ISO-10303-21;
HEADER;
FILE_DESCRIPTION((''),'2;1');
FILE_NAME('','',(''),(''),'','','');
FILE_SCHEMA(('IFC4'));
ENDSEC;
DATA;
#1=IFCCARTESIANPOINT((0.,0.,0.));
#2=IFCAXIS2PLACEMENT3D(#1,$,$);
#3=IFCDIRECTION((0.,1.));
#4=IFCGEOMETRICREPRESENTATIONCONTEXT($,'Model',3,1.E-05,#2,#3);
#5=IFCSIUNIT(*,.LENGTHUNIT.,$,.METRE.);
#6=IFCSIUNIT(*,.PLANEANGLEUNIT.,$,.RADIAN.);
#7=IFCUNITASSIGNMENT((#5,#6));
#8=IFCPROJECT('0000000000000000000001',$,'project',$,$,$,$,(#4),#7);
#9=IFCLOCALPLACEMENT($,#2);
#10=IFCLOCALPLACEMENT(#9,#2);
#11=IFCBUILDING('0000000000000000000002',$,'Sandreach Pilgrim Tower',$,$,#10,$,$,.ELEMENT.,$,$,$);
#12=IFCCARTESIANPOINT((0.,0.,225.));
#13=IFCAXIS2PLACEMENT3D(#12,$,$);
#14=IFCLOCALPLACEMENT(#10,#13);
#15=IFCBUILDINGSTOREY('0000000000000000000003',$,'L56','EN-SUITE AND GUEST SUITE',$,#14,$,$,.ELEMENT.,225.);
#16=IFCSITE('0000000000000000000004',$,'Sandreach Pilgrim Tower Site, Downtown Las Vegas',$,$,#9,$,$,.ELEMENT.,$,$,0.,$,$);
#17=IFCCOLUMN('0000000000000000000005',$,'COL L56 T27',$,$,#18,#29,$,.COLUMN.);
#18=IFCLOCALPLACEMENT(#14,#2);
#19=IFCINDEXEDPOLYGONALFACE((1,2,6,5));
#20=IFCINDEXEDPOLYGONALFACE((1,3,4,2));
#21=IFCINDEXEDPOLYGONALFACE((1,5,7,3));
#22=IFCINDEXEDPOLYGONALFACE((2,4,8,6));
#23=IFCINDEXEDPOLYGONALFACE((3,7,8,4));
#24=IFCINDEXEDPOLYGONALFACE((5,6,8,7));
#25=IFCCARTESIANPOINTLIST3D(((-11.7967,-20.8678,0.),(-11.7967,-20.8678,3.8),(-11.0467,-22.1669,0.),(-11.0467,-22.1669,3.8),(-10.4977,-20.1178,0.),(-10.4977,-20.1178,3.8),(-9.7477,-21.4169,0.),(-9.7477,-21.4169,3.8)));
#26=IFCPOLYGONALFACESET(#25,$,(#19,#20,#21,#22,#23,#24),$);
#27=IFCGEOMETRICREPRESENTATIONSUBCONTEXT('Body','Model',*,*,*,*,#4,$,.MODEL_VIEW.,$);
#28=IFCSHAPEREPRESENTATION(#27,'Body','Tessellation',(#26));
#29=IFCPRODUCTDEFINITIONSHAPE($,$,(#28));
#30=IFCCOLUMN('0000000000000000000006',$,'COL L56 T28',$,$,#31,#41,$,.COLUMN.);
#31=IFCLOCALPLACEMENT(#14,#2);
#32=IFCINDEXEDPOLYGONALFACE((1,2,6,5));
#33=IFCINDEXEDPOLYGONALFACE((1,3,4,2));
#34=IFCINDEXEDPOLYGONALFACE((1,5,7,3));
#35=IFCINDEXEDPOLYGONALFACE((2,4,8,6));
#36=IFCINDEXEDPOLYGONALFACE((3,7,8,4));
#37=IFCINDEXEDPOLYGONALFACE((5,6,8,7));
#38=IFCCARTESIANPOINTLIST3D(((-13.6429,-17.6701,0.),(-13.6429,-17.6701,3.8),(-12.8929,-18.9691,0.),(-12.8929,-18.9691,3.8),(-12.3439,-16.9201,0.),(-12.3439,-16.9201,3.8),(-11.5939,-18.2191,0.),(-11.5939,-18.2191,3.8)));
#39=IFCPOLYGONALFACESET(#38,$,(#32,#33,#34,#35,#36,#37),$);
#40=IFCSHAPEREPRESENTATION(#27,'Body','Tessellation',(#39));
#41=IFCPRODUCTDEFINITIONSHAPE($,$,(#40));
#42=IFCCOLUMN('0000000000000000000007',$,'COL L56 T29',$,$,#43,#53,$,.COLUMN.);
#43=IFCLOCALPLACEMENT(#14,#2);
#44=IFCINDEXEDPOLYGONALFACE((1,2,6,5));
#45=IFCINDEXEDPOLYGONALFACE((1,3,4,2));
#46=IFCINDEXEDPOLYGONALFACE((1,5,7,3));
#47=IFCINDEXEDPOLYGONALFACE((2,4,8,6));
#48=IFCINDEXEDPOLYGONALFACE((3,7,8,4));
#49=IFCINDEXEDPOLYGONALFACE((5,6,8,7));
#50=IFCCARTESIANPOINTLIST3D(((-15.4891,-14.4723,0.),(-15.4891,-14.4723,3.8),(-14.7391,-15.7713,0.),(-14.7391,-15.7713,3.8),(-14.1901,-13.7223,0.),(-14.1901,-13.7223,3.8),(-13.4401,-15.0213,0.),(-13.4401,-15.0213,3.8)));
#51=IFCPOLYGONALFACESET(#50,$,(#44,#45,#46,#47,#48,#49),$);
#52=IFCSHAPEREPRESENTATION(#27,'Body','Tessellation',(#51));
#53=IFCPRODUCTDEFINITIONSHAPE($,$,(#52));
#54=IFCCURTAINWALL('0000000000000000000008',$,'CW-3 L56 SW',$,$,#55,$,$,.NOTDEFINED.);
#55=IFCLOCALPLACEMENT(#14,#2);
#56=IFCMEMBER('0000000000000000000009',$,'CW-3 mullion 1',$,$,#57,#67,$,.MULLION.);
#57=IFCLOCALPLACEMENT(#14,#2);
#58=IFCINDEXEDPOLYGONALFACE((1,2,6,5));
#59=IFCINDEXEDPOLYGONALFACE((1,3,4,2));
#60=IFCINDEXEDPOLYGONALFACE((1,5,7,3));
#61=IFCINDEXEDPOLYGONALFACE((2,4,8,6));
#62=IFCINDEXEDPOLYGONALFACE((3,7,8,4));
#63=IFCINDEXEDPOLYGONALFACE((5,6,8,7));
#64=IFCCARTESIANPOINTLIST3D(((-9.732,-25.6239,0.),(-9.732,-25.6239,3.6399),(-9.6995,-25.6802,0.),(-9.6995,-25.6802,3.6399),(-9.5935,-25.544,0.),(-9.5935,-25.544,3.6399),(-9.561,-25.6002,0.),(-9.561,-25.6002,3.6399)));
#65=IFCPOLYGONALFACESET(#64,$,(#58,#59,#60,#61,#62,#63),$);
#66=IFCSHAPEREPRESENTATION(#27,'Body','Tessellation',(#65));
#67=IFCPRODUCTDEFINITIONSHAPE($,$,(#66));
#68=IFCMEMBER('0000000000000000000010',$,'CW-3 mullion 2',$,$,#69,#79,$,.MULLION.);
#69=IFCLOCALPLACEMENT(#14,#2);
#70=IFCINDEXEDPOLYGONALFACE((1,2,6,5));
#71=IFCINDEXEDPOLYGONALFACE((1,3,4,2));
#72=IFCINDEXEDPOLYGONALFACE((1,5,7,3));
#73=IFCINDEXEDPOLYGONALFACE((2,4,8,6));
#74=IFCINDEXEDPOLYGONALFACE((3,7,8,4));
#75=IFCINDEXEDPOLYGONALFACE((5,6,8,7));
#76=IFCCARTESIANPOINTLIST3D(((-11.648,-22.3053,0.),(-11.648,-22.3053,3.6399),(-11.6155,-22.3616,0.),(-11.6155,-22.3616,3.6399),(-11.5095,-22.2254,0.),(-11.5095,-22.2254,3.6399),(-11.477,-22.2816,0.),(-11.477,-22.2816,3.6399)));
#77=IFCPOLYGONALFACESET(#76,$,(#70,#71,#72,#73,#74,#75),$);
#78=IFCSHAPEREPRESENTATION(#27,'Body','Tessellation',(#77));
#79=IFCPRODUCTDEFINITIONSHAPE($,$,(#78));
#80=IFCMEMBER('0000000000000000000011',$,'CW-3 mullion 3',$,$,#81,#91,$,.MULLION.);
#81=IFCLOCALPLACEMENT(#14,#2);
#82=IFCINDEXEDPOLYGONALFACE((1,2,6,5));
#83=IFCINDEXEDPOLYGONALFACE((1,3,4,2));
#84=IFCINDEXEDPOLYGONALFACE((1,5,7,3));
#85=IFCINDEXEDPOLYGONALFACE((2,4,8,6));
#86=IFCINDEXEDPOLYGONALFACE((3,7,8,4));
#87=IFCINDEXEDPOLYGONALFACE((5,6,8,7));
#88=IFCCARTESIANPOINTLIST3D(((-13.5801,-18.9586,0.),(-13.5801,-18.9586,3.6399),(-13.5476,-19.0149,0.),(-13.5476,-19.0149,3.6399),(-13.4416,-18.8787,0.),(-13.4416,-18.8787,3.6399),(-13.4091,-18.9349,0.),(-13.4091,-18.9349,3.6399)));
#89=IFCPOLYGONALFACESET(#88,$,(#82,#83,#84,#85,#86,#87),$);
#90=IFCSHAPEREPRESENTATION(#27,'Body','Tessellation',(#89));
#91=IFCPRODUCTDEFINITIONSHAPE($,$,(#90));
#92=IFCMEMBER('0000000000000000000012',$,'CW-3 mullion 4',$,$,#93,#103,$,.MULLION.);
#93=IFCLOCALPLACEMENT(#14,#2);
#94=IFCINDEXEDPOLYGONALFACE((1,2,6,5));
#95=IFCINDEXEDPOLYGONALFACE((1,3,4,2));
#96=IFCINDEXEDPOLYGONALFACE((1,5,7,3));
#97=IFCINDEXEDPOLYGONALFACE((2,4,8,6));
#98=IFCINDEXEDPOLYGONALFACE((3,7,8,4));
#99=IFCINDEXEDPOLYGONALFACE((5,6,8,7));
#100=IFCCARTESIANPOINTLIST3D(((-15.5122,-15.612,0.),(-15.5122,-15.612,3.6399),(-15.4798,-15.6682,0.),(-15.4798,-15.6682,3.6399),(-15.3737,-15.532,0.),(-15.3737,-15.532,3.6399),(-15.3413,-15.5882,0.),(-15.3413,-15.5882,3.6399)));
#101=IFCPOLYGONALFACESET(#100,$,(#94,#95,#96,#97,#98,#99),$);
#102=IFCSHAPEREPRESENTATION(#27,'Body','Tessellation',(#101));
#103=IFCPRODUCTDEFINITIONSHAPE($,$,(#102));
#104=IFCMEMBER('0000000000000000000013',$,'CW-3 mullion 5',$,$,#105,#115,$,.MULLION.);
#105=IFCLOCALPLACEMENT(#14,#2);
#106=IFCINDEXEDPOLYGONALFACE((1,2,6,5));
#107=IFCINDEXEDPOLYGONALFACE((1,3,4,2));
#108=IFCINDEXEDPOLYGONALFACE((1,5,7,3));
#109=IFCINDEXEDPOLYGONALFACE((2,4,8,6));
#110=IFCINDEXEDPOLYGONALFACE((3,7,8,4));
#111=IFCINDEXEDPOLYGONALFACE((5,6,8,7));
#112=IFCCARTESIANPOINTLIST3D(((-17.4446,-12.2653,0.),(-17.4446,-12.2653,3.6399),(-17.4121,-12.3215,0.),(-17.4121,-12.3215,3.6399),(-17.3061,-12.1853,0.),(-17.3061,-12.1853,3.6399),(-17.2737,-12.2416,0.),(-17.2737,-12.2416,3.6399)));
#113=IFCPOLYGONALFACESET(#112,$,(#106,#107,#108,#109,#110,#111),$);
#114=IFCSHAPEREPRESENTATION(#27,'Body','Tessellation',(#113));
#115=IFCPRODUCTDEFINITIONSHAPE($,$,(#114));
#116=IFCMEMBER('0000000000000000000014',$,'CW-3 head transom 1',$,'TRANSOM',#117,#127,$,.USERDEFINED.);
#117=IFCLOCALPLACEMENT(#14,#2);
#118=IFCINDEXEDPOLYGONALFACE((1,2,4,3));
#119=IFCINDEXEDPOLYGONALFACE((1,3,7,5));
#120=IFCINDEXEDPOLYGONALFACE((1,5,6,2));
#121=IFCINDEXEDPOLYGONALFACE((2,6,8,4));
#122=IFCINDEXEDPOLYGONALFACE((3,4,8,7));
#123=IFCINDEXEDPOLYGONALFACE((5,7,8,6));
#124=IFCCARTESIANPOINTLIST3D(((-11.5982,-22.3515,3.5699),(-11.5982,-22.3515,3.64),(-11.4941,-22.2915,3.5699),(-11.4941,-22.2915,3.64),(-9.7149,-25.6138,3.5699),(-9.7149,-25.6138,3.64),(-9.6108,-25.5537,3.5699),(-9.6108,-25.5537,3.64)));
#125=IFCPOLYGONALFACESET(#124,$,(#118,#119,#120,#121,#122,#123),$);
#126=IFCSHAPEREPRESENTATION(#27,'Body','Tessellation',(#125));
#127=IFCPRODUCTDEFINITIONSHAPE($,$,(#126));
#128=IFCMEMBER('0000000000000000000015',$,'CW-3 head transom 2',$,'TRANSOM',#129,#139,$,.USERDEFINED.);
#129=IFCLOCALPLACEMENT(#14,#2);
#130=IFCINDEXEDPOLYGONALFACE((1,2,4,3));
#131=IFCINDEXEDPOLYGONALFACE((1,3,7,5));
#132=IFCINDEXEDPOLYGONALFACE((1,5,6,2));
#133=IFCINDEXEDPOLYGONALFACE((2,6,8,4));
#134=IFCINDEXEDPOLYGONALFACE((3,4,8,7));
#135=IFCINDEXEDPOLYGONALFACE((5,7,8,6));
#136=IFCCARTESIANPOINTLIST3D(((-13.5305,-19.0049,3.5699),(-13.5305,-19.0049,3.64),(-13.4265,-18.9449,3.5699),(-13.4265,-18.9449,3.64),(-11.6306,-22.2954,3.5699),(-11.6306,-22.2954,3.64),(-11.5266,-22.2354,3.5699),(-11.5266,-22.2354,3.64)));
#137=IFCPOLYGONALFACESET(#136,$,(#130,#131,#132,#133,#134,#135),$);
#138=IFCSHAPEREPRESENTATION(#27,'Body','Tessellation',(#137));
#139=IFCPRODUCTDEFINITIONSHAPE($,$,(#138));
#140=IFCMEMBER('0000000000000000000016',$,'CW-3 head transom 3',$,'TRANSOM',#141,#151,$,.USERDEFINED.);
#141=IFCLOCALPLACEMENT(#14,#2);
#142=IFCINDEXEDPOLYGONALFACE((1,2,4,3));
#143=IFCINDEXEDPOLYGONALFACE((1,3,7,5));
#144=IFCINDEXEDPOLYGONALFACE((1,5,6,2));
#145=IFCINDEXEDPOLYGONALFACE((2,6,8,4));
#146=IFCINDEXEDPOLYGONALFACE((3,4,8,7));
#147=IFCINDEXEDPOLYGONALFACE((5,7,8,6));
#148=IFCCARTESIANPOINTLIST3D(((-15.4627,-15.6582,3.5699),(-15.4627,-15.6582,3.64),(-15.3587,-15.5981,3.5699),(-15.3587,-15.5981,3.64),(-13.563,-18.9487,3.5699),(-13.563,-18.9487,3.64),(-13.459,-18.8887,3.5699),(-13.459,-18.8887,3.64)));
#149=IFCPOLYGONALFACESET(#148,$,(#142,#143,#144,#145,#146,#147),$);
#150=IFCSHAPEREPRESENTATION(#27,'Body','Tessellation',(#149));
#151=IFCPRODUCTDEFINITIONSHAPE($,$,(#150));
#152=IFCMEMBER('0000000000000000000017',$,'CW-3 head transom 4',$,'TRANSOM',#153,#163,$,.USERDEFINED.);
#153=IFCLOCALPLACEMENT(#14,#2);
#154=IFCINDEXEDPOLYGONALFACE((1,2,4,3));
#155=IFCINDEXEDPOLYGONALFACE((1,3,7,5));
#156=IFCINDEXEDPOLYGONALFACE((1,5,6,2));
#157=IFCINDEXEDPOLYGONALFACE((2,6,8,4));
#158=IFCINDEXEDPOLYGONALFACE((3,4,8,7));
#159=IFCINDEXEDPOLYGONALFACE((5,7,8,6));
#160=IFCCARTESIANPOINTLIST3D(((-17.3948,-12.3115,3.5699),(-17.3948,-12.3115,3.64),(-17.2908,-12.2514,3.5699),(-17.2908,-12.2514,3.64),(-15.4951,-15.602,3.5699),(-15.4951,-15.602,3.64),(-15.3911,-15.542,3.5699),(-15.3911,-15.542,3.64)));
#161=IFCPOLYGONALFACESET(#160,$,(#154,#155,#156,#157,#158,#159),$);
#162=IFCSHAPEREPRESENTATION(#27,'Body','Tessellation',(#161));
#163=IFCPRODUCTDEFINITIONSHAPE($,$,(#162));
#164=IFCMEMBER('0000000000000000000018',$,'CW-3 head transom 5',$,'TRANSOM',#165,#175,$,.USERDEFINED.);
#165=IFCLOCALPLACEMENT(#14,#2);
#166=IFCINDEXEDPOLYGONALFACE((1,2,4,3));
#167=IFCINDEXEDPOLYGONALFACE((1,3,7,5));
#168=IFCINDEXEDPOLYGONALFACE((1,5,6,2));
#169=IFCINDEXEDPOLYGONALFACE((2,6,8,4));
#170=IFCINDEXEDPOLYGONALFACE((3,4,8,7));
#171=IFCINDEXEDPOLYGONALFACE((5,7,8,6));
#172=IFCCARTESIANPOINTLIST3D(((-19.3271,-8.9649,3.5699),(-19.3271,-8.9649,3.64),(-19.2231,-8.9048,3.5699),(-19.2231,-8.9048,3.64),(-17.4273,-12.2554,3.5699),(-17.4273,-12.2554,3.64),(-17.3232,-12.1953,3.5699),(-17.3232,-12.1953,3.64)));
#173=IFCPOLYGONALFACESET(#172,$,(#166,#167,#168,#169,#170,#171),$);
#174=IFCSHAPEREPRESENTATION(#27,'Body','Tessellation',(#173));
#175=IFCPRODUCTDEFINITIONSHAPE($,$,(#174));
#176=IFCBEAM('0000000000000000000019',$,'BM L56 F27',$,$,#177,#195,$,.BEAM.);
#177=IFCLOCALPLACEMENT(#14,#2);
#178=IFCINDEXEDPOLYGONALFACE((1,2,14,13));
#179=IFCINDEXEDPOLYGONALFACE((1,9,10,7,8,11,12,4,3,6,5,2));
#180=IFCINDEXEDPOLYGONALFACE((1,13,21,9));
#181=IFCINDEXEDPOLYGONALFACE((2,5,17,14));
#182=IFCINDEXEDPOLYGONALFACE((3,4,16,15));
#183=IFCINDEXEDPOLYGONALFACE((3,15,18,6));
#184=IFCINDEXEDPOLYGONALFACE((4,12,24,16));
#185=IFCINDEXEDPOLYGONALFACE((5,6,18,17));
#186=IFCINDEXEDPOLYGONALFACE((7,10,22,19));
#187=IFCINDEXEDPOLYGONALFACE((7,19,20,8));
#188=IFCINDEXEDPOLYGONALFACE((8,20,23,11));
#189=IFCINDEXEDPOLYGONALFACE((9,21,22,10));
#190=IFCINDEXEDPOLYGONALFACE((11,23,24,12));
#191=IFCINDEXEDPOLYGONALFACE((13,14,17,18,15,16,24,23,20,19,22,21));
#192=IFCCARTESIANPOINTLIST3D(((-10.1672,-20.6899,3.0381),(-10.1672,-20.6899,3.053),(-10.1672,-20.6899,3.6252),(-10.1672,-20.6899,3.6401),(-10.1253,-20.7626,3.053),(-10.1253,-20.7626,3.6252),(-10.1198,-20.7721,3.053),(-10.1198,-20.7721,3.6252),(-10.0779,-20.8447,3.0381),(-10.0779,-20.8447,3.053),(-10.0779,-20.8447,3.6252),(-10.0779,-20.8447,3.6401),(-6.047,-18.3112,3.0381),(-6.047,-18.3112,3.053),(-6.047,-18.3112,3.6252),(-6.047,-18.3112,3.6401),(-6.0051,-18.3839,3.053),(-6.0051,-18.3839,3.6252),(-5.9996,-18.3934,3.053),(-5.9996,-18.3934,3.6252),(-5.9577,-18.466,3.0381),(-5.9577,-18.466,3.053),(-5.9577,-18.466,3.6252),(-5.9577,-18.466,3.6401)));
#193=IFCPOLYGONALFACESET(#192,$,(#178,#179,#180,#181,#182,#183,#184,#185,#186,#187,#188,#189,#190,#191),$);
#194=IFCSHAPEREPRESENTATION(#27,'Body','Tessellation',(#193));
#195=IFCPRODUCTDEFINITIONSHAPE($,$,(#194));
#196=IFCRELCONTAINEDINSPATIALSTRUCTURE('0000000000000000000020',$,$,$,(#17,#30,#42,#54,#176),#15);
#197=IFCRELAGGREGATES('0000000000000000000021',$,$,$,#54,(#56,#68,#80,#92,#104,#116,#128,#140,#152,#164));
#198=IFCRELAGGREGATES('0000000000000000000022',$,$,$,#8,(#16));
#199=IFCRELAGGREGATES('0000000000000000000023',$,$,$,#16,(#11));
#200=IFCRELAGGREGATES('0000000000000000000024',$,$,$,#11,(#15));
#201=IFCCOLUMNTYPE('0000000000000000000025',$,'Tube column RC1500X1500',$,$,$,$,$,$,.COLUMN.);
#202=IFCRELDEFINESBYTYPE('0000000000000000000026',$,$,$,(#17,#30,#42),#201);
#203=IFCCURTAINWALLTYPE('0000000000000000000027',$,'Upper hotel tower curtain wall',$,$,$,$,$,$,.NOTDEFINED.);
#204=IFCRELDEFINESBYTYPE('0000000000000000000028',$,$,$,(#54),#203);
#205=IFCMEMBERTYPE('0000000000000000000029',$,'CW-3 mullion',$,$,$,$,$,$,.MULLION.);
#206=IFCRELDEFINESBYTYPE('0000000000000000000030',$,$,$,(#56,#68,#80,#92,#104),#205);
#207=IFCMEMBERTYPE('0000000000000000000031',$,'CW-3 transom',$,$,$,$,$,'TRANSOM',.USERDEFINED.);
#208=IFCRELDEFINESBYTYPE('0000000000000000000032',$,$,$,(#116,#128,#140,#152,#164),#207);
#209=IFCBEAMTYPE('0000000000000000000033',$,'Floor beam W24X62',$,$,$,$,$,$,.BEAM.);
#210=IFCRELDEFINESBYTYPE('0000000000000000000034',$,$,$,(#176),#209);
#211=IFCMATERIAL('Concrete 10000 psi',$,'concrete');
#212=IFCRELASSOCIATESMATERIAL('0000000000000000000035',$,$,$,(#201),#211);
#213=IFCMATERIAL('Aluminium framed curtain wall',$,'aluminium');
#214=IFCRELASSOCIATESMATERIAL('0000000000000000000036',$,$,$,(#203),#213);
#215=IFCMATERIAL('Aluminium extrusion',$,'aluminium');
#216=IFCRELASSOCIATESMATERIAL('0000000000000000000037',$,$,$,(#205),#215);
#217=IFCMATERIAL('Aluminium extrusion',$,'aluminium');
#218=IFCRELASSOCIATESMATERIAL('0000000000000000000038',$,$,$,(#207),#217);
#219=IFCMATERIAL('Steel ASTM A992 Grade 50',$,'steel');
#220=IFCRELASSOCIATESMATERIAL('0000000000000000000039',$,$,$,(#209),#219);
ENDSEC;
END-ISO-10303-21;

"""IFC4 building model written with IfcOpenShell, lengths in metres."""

from ifc_helpers import new_model, si_unit, direction, frame, origin, origin_2d, place, context, subcontext, project, spatial, rectangle, i_section, extrude, material, material_profile, profile_set, type_object, element, aggregate, save


model = new_model("IFC4")

# Units and contexts
model_context = context("Model", 3, precision=1e-05, world=origin(), true_north=direction((0.0, 1.0)))
body_context = subcontext(model_context, "Body", "Model", "MODEL_VIEW")
ifc_project = project(units=[si_unit("LENGTHUNIT", "METRE"), si_unit("PLANEANGLEUNIT", "RADIAN")], contexts=[model_context])

# Site, building, storey
site_placement = place(None, origin())
site = spatial("IfcSite", under=ifc_project, at=site_placement, Name="Sandreach Pilgrim Tower Site, Downtown Las Vegas", CompositionType="ELEMENT", RefElevation=0.0)
building_placement = place(site_placement, origin())
building = spatial("IfcBuilding", under=site, at=building_placement, Name="Sandreach Pilgrim Tower", CompositionType="ELEMENT")
storey_placement = place(building_placement, frame((0.0, 0.0, 225.0)))
storey = spatial("IfcBuildingStorey", under=building, at=storey_placement, Name="L56", Description="EN-SUITE AND GUEST SUITE", CompositionType="ELEMENT", Elevation=225.0)

# Columns
ifc_material_1 = material(Name="Concrete 10000 psi", Category="concrete")
ifc_material_profile_1 = material_profile(ifc_material_1, rectangle(XDim=1.5, YDim=1.5, at=origin_2d()), Name="RC1500X1500")
ifc_profile_set_1 = profile_set([ifc_material_profile_1], Name="Concrete 10000 psi")
column_type = type_object("IfcColumnType", Name="Tube column RC1500X1500", PredefinedType="COLUMN", material=ifc_profile_set_1)
for number, where, z_axis, x_axis, name in (
    (1, (-10.7722, -21.1423, 0.0), (0.0, 0.0, 1.0), (-0.866025, -0.5, 0.0), "COL L56 T27"),
    (2, (-12.6184, -17.9446, 0.0), (0.0, 0.0, 1.0), (-0.866025, -0.5, 0.0), "COL L56 T28"),
    (3, (-14.4646, -14.7468, 0.0), (0.0, 0.0, 1.0), (-0.866025, -0.5, 0.0), "COL L56 T29"),
):
    element("IfcColumn", number, at=place(storey_placement, frame(where, z_axis=z_axis, x_axis=x_axis)), inside=storey, type_object=column_type, Name=name, PredefinedType="COLUMN", context=body_context, shape_type="SweptSolid", body=[
        extrude(rectangle(XDim=1.5, YDim=1.5, at=origin_2d()), origin(), (0.0, 0.0, 1.0), 3.8),
    ])

# Curtain wall, members
ifc_material_2 = material(Name="Aluminium framed curtain wall", Category="aluminium")
curtain_wall_type = type_object("IfcCurtainWallType", Name="Upper hotel tower curtain wall", PredefinedType="NOTDEFINED", material=ifc_material_2)
curtain_wall_placement = place(storey_placement, origin())
curtain_wall = element("IfcCurtainWall", 4, at=curtain_wall_placement, inside=storey, type_object=curtain_wall_type, Name="CW-3 L56 SW", PredefinedType="NOTDEFINED")
ifc_material_3 = material(Name="Aluminium extrusion", Category="aluminium")
ifc_material_profile_2 = material_profile(ifc_material_3, rectangle(XDim=0.0649, YDim=0.1599, at=origin_2d()), Name="CW-3M 65X160")
ifc_profile_set_2 = profile_set([ifc_material_profile_2], Name="Aluminium extrusion")
member_type_1 = type_object("IfcMemberType", Name="CW-3 mullion", PredefinedType="MULLION", material=ifc_profile_set_2)
member_1_placement = place(storey_placement, frame((-9.6465, -25.6121, 0.0), z_axis=(0.0, 0.0, 1.0), x_axis=(-0.5, 0.866025, 0.0)))
member_1 = element("IfcMember", 5, at=member_1_placement, type_object=member_type_1, Name="CW-3 mullion 1", PredefinedType="MULLION", context=body_context, shape_type="SweptSolid", body=[
    extrude(rectangle(XDim=0.0649, YDim=0.1599, at=origin_2d()), origin(), (0.0, 0.0, 1.0), 3.6399),
])
member_2_placement = place(storey_placement, frame((-11.5625, -22.2935, 0.0), z_axis=(0.0, 0.0, 1.0), x_axis=(-0.5, 0.866025, 0.0)))
member_2 = element("IfcMember", 6, at=member_2_placement, type_object=member_type_1, Name="CW-3 mullion 2", PredefinedType="MULLION", context=body_context, shape_type="SweptSolid", body=[
    extrude(rectangle(XDim=0.0649, YDim=0.1599, at=origin_2d()), origin(), (0.0, 0.0, 1.0), 3.6399),
])
member_3_placement = place(storey_placement, frame((-13.4946, -18.9468, 0.0), z_axis=(0.0, 0.0, 1.0), x_axis=(-0.5, 0.866025, 0.0)))
member_3 = element("IfcMember", 7, at=member_3_placement, type_object=member_type_1, Name="CW-3 mullion 3", PredefinedType="MULLION", context=body_context, shape_type="SweptSolid", body=[
    extrude(rectangle(XDim=0.0649, YDim=0.1599, at=origin_2d()), origin(), (0.0, 0.0, 1.0), 3.6399),
])
member_4_placement = place(storey_placement, frame((-15.4268, -15.6001, 0.0), z_axis=(0.0, 0.0, 1.0), x_axis=(-0.5, 0.866025, 0.0)))
member_4 = element("IfcMember", 8, at=member_4_placement, type_object=member_type_1, Name="CW-3 mullion 4", PredefinedType="MULLION", context=body_context, shape_type="SweptSolid", body=[
    extrude(rectangle(XDim=0.0649, YDim=0.1599, at=origin_2d()), origin(), (0.0, 0.0, 1.0), 3.6399),
])
member_5_placement = place(storey_placement, frame((-17.3591, -12.2534, 0.0), z_axis=(0.0, 0.0, 1.0), x_axis=(-0.5, 0.866025, 0.0)))
member_5 = element("IfcMember", 9, at=member_5_placement, type_object=member_type_1, Name="CW-3 mullion 5", PredefinedType="MULLION", context=body_context, shape_type="SweptSolid", body=[
    extrude(rectangle(XDim=0.0649, YDim=0.1599, at=origin_2d()), origin(), (0.0, 0.0, 1.0), 3.6399),
])
ifc_material_4 = material(Name="Aluminium extrusion", Category="aluminium")
ifc_material_profile_3 = material_profile(ifc_material_4, rectangle(XDim=0.1201, YDim=0.0701, at=origin_2d()), Name="CW-3T 120X70")
ifc_profile_set_3 = profile_set([ifc_material_profile_3], Name="Aluminium extrusion")
member_type_2 = type_object("IfcMemberType", Name="CW-3 transom", ElementType="TRANSOM", PredefinedType="USERDEFINED", material=ifc_profile_set_3)
member_6_placement = place(storey_placement, frame((-9.6628, -25.5837, 3.605), z_axis=(-0.499973, 0.866041, 0.0), x_axis=(-0.866041, -0.499973, 0.0)))
member_6 = element("IfcMember", 10, at=member_6_placement, type_object=member_type_2, Name="CW-3 head transom 1", ObjectType="TRANSOM", PredefinedType="USERDEFINED", context=body_context, shape_type="SweptSolid", body=[
    extrude(rectangle(XDim=0.1201, YDim=0.0701, at=origin_2d()), origin(), (0.0, 0.0, 1.0), 3.7668),
])
member_7_placement = place(storey_placement, frame((-11.5786, -22.2654, 3.605), z_axis=(-0.500023, 0.866012, 0.0), x_axis=(-0.866012, -0.500023, 0.0)))
member_7 = element("IfcMember", 11, at=member_7_placement, type_object=member_type_2, Name="CW-3 head transom 2", ObjectType="TRANSOM", PredefinedType="USERDEFINED", context=body_context, shape_type="SweptSolid", body=[
    extrude(rectangle(XDim=0.1201, YDim=0.0701, at=origin_2d()), origin(), (0.0, 0.0, 1.0), 3.7996),
])
member_8_placement = place(storey_placement, frame((-13.511, -18.9187, 3.605), z_axis=(-0.499975, 0.86604, 0.0), x_axis=(-0.86604, -0.499975, 0.0)))
member_8 = element("IfcMember", 12, at=member_8_placement, type_object=member_type_2, Name="CW-3 head transom 3", ObjectType="TRANSOM", PredefinedType="USERDEFINED", context=body_context, shape_type="SweptSolid", body=[
    extrude(rectangle(XDim=0.1201, YDim=0.0701, at=origin_2d()), origin(), (0.0, 0.0, 1.0), 3.7996),
])
member_9_placement = place(storey_placement, frame((-15.4431, -15.572, 3.605), z_axis=(-0.499975, 0.86604, 0.0), x_axis=(-0.86604, -0.499975, 0.0)))
member_9 = element("IfcMember", 13, at=member_9_placement, type_object=member_type_2, Name="CW-3 head transom 4", ObjectType="TRANSOM", PredefinedType="USERDEFINED", context=body_context, shape_type="SweptSolid", body=[
    extrude(rectangle(XDim=0.1201, YDim=0.0701, at=origin_2d()), origin(), (0.0, 0.0, 1.0), 3.7996),
])
member_10_placement = place(storey_placement, frame((-17.3752, -12.2253, 3.605), z_axis=(-0.500023, 0.866012, 0.0), x_axis=(-0.866012, -0.500023, 0.0)))
member_10 = element("IfcMember", 14, at=member_10_placement, type_object=member_type_2, Name="CW-3 head transom 5", ObjectType="TRANSOM", PredefinedType="USERDEFINED", context=body_context, shape_type="SweptSolid", body=[
    extrude(rectangle(XDim=0.1201, YDim=0.0701, at=origin_2d()), origin(), (0.0, 0.0, 1.0), 3.7996),
])

# Beam
ifc_material_5 = material(Name="Steel ASTM A992 Grade 50", Category="steel")
ifc_material_profile_4 = material_profile(ifc_material_5, i_section(OverallWidth=0.1787, OverallDepth=0.6021, WebThickness=0.011, FlangeThickness=0.0149, at=origin_2d()), Name="W24X62")
ifc_profile_set_4 = profile_set([ifc_material_profile_4], Name="Steel ASTM A992 Grade 50")
beam_type_1 = type_object("IfcBeamType", Name="Floor beam W24X62", PredefinedType="BEAM", material=ifc_profile_set_4)
beam_1_placement = place(storey_placement, frame((-10.1226, -20.7673, 3.3391), z_axis=(0.866033, 0.499986, 0.0), x_axis=(-0.499986, 0.866033, 0.0)))
element("IfcBeam", 15, at=beam_1_placement, inside=storey, type_object=beam_type_1, Name="BM L56 F27", PredefinedType="BEAM", context=body_context, shape_type="SweptSolid", body=[
    extrude(i_section(OverallWidth=0.1787, OverallDepth=0.6021, WebThickness=0.011, FlangeThickness=0.0149, at=origin_2d()), origin(), (0.0, 0.0, 1.0), 4.7576),
])

aggregate(curtain_wall, [member_1, member_2, member_3, member_4, member_5, member_6, member_7, member_8, member_9, member_10])

save(model, "model.ifc")
